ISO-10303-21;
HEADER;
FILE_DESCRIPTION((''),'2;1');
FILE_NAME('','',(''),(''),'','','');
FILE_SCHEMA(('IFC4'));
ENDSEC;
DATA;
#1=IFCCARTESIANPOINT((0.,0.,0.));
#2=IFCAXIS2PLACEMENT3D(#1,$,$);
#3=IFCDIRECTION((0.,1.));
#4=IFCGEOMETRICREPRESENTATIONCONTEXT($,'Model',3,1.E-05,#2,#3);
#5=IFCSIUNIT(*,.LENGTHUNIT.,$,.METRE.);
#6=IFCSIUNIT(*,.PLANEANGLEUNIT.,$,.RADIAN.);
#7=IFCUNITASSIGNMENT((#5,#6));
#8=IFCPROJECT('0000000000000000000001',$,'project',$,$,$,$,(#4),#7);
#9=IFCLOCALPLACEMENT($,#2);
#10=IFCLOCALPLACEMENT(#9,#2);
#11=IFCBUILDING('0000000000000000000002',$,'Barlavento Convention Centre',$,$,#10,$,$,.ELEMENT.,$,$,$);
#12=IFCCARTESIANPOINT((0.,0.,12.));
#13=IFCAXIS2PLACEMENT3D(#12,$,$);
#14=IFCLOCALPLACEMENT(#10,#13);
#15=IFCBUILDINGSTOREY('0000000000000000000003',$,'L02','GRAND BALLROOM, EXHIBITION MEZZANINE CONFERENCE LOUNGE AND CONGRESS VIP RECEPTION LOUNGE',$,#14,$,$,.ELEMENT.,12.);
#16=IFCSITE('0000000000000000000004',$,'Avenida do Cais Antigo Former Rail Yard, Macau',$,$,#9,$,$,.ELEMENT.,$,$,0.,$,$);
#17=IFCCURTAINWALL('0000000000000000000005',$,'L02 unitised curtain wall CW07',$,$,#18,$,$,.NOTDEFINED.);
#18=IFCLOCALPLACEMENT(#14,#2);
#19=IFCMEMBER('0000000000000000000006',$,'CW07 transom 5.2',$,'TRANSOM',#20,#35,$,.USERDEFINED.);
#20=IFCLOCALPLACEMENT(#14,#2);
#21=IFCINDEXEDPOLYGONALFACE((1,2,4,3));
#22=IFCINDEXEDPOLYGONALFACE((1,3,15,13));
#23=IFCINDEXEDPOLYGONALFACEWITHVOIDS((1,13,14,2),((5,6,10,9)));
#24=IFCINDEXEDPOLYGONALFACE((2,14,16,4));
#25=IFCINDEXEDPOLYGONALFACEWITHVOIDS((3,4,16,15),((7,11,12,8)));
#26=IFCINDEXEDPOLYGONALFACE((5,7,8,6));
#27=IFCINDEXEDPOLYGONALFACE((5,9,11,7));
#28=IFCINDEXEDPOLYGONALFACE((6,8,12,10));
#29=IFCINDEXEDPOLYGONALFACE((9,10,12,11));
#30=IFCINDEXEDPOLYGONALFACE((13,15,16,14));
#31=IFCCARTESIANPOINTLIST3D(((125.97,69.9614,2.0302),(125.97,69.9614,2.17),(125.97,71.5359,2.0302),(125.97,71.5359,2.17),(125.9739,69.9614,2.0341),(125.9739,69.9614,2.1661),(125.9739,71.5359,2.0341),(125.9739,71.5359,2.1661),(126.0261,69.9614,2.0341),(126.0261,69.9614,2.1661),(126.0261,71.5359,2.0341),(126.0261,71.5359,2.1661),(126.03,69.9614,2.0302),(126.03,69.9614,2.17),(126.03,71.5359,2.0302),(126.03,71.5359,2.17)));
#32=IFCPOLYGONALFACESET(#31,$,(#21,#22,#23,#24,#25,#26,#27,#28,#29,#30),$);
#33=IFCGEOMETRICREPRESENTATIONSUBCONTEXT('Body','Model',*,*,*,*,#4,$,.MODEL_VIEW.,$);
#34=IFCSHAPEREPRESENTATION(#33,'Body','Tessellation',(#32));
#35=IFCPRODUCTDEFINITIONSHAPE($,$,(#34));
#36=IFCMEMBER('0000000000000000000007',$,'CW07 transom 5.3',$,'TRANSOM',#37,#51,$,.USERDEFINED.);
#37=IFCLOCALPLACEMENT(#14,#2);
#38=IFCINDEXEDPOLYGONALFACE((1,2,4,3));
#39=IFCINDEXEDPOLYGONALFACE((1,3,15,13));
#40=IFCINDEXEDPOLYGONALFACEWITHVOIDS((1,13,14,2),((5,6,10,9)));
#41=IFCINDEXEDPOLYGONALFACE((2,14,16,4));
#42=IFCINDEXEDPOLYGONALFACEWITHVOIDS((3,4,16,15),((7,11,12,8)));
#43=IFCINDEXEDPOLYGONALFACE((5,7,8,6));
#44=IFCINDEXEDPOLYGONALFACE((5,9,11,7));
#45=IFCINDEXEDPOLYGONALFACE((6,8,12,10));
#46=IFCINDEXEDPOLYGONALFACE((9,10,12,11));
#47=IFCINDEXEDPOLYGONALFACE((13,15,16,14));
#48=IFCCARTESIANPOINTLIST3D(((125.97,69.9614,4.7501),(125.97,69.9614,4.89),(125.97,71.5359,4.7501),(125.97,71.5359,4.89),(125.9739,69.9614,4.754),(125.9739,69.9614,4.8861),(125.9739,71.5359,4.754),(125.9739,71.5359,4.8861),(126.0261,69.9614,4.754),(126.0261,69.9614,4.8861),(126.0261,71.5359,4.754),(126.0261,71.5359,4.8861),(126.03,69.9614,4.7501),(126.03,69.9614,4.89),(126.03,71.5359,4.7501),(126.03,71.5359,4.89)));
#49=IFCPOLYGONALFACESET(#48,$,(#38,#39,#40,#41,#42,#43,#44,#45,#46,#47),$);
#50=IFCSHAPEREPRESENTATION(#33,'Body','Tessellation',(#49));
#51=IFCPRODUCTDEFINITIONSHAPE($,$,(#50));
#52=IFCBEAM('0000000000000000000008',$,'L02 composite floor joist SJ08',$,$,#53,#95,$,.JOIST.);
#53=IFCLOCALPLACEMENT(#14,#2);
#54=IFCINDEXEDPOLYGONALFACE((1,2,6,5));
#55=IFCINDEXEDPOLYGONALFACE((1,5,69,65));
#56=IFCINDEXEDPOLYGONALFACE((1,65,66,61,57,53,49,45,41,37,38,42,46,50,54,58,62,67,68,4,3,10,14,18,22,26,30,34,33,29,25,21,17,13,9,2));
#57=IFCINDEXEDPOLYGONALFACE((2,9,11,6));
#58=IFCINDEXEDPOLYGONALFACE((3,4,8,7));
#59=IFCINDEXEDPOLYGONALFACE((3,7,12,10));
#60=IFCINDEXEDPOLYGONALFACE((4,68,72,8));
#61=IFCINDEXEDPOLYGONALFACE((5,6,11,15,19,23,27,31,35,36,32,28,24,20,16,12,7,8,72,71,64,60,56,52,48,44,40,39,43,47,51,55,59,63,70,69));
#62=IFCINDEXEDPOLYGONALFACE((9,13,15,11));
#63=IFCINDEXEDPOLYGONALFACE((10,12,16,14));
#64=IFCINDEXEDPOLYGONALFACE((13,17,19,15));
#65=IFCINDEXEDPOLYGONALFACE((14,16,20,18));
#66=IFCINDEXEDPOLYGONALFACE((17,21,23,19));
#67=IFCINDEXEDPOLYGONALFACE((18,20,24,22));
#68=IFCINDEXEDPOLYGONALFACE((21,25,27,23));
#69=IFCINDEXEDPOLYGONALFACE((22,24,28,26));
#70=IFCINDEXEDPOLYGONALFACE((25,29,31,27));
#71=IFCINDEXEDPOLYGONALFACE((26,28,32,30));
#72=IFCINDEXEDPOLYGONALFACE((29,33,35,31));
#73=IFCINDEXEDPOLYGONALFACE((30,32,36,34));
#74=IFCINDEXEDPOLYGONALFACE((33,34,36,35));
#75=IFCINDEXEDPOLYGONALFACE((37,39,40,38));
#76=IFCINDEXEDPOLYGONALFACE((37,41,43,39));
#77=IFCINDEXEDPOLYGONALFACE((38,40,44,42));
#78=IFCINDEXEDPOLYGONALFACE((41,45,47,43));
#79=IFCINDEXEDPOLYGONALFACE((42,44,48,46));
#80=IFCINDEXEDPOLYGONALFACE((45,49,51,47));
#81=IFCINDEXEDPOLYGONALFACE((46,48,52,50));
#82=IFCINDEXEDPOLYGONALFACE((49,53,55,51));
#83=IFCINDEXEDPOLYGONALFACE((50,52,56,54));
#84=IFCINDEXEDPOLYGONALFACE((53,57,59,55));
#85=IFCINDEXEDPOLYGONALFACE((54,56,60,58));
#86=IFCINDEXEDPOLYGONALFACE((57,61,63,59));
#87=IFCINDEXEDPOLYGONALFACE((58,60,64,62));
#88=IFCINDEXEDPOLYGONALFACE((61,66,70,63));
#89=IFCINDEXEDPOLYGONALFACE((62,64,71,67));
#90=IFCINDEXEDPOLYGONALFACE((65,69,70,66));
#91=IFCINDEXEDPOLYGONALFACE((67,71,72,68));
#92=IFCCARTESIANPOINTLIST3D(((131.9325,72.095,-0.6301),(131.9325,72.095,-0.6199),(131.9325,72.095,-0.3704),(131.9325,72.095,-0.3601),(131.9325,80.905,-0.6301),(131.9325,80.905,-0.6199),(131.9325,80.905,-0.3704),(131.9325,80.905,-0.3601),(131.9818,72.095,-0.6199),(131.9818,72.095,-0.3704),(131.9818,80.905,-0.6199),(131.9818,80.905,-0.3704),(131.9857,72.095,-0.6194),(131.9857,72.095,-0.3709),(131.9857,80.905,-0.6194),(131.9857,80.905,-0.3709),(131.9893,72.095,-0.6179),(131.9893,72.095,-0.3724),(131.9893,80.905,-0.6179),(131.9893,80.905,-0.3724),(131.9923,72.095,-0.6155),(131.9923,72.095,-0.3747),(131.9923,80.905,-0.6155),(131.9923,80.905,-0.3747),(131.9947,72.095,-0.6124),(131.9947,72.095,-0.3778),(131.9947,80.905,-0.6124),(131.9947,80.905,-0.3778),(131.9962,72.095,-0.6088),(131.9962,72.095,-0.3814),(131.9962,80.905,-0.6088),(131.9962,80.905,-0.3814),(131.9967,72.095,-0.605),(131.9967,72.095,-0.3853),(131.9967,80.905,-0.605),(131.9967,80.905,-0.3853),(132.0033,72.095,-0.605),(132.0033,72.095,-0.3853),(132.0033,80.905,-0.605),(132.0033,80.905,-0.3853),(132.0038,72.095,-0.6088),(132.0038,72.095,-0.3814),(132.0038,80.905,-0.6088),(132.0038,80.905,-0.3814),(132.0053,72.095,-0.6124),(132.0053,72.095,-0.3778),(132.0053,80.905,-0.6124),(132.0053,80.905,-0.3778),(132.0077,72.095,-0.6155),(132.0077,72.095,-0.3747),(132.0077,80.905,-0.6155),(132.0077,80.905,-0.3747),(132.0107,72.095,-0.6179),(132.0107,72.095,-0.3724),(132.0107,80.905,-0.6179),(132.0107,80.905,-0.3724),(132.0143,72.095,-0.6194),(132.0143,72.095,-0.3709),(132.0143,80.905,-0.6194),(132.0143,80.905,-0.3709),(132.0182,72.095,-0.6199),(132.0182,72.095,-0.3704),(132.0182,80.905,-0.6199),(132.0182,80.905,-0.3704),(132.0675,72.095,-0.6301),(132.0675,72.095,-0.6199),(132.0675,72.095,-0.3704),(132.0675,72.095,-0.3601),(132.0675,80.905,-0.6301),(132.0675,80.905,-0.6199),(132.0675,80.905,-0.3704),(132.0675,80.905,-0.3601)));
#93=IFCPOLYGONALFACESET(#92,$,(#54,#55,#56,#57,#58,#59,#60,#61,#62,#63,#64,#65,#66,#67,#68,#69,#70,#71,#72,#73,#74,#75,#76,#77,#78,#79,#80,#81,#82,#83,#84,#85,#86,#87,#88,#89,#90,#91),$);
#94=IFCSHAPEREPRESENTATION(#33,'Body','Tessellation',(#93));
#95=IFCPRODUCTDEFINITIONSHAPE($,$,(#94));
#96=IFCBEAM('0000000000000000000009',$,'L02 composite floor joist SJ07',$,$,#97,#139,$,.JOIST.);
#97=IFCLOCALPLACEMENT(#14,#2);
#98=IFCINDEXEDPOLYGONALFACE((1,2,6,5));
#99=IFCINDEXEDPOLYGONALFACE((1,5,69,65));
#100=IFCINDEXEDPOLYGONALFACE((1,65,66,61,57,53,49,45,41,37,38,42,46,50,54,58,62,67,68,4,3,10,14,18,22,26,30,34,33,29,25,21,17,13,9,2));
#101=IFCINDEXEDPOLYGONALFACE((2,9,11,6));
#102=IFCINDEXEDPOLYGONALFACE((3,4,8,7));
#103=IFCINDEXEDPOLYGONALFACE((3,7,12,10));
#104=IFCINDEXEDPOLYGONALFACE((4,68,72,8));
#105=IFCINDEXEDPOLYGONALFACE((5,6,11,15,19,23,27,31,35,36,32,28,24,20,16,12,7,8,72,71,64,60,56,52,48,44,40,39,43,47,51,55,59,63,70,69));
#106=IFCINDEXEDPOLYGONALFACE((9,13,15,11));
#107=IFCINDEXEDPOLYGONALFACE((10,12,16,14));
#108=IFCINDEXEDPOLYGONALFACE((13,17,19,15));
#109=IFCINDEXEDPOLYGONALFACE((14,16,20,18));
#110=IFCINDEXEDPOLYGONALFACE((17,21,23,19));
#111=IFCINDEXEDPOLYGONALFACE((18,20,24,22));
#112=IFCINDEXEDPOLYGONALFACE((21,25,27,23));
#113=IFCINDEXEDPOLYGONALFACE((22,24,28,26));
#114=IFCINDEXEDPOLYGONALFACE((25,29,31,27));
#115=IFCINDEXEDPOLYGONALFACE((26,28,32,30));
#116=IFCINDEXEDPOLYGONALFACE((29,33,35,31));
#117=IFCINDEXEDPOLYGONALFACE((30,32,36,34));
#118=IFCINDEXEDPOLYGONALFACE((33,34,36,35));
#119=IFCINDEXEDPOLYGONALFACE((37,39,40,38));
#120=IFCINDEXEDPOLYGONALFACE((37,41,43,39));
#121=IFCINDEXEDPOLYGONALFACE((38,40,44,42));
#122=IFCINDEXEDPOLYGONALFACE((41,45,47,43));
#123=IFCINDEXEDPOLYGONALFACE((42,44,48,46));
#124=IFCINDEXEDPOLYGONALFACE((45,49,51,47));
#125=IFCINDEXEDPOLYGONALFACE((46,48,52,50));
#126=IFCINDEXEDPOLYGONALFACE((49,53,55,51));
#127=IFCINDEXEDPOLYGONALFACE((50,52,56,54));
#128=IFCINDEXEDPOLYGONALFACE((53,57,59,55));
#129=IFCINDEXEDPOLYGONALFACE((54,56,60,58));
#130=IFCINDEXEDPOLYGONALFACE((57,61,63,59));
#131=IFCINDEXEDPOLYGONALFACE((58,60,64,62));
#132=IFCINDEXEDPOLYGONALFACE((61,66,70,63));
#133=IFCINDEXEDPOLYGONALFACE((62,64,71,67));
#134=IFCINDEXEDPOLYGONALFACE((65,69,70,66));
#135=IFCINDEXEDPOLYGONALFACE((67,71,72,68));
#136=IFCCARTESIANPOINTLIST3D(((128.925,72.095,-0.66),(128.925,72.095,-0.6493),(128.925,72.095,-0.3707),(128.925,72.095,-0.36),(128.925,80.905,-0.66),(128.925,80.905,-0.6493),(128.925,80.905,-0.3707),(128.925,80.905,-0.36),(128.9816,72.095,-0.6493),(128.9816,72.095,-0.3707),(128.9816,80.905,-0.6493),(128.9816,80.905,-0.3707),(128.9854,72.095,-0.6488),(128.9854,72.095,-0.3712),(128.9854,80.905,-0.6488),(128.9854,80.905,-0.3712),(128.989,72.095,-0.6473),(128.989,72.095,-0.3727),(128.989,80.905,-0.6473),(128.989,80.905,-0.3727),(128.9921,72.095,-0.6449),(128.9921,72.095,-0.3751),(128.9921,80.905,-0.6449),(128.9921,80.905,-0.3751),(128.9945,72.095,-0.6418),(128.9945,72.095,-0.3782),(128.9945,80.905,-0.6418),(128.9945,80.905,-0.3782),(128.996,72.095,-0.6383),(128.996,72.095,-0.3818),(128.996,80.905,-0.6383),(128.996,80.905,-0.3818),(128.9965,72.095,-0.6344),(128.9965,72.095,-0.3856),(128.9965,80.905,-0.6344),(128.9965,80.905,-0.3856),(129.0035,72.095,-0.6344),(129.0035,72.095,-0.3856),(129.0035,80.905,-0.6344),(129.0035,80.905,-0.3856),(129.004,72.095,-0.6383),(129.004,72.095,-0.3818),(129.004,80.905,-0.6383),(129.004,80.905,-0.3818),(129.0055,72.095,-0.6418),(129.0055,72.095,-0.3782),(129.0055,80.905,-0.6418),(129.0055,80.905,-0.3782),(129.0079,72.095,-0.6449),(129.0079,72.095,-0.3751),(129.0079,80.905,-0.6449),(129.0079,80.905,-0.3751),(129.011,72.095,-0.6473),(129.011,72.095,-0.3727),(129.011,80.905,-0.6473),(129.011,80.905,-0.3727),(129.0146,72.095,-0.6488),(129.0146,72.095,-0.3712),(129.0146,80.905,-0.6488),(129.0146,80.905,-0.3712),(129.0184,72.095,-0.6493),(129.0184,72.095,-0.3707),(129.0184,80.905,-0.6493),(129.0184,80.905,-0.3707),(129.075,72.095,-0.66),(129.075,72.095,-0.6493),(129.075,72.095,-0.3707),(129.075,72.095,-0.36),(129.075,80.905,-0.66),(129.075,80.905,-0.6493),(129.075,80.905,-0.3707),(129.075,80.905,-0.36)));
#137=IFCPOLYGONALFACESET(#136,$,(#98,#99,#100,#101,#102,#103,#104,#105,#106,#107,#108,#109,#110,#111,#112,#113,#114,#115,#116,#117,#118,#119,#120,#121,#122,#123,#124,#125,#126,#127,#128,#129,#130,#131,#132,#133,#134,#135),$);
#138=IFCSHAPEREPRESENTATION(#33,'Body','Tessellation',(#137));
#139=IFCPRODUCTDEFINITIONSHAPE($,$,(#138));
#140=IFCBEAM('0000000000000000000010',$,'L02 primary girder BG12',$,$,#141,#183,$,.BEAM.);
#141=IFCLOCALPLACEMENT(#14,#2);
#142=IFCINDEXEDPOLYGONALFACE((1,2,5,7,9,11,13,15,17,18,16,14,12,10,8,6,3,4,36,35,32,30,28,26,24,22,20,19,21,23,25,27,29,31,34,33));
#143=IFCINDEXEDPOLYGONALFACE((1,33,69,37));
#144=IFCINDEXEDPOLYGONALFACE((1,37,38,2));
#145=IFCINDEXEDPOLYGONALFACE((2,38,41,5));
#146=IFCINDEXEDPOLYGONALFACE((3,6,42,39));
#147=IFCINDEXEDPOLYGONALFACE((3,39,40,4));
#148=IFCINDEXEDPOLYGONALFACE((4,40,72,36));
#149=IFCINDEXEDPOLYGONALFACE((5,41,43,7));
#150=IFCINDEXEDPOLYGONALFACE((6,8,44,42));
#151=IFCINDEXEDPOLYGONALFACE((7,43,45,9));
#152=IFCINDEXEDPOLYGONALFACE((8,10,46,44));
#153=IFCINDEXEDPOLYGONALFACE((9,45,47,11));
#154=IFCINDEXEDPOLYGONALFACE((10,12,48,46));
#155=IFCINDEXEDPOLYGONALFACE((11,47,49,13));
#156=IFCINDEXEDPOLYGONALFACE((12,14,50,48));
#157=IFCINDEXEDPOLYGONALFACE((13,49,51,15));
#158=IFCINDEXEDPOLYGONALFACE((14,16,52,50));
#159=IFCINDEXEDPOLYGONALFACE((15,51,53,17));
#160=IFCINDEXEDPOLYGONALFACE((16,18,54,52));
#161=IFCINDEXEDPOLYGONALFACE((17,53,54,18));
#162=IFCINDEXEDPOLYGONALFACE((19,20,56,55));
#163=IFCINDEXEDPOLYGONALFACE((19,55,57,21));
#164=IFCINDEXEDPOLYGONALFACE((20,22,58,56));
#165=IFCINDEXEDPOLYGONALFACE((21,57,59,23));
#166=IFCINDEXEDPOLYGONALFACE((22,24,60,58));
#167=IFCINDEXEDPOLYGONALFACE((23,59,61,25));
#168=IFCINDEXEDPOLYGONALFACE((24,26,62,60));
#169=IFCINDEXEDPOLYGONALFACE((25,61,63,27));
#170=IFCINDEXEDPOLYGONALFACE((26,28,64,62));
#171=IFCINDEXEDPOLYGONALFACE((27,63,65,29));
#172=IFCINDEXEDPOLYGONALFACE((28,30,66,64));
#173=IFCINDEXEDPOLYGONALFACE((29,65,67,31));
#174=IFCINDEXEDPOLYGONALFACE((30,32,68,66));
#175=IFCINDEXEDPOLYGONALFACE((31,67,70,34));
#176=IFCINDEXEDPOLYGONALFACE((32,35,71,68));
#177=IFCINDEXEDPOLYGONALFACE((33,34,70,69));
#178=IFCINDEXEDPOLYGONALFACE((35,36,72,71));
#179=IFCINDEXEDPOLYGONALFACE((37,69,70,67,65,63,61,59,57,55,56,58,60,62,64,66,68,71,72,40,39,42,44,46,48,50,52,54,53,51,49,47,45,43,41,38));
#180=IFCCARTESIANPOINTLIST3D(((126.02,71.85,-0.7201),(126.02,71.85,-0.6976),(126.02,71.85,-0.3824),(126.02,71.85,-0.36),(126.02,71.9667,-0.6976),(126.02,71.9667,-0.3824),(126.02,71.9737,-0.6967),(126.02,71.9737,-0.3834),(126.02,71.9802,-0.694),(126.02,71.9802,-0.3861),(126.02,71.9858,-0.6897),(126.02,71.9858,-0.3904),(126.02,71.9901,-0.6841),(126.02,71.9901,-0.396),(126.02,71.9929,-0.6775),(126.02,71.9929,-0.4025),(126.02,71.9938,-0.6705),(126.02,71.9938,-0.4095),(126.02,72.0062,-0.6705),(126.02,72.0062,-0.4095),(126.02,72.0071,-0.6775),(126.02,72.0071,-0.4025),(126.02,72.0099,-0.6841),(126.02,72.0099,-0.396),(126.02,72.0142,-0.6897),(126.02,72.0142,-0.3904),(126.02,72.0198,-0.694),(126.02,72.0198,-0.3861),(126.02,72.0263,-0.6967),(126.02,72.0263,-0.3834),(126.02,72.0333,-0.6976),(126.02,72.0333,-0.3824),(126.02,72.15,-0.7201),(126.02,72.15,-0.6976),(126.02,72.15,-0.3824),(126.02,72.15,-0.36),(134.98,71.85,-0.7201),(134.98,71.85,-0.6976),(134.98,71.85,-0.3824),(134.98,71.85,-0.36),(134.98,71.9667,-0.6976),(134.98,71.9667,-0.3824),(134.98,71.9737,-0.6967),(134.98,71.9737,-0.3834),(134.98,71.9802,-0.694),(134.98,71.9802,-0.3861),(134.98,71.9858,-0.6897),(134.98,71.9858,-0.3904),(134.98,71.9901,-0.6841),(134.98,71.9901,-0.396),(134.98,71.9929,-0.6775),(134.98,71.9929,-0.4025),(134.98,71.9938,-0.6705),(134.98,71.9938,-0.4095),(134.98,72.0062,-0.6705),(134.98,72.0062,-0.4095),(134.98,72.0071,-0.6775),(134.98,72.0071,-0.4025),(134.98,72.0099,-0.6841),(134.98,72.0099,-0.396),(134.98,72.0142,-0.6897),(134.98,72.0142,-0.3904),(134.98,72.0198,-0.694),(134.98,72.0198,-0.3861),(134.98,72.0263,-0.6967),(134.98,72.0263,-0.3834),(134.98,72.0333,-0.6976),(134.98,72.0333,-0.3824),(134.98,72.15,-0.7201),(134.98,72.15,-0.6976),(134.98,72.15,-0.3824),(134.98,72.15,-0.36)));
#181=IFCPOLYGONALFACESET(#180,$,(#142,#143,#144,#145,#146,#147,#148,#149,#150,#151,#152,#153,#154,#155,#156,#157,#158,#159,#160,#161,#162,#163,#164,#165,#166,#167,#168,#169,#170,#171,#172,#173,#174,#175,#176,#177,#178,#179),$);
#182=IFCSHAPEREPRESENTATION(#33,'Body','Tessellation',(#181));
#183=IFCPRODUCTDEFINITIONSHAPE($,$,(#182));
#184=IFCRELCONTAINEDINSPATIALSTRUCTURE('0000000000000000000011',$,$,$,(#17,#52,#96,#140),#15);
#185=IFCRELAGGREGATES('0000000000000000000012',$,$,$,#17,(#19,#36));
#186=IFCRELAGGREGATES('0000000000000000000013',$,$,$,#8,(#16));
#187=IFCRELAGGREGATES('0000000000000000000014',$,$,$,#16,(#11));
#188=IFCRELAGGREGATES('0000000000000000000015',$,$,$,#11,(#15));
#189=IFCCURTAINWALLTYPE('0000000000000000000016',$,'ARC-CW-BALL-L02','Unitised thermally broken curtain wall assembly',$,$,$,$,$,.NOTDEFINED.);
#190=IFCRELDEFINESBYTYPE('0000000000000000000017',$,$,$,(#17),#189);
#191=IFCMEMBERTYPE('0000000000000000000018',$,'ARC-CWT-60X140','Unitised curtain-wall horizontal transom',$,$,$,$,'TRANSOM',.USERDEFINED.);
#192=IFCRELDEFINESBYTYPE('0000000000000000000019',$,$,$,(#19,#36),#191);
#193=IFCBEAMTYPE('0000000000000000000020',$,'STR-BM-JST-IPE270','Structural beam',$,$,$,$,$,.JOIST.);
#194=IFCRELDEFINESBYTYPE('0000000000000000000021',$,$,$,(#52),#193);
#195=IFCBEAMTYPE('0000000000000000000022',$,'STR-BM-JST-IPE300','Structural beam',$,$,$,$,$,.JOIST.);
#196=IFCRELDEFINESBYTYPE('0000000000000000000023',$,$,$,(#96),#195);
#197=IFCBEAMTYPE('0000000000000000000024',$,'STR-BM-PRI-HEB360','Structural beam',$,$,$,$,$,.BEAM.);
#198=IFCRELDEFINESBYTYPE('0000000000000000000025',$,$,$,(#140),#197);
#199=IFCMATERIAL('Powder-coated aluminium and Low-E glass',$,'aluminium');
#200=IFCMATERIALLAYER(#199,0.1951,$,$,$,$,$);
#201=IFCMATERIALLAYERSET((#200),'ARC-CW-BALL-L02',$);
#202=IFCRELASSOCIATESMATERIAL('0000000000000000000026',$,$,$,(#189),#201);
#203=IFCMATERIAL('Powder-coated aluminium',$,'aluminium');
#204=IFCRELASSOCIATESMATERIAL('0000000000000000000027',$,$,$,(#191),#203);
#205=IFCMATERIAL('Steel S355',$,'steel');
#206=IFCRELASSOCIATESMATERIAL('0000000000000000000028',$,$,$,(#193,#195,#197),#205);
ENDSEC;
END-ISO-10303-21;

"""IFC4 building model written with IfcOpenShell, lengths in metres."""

from ifc_helpers import new_model, si_unit, direction, frame, origin, origin_2d, place, context, subcontext, project, spatial, hollow_rectangle, i_section, extrude, material, layer, layer_set, material_profile, profile_set, type_object, element, aggregate, save


model = new_model("IFC4")

# Units and contexts
model_context = context("Model", 3, precision=1e-05, world=origin(), true_north=direction((0.0, 1.0)))
body_context = subcontext(model_context, "Body", "Model", "MODEL_VIEW")
ifc_project = project(units=[si_unit("LENGTHUNIT", "METRE"), si_unit("PLANEANGLEUNIT", "RADIAN")], contexts=[model_context])

# Site, building, storey
site_placement = place(None, origin())
site = spatial("IfcSite", under=ifc_project, at=site_placement, Name="Avenida do Cais Antigo Former Rail Yard, Macau", CompositionType="ELEMENT", RefElevation=0.0)
building_placement = place(site_placement, origin())
building = spatial("IfcBuilding", under=site, at=building_placement, Name="Barlavento Convention Centre", CompositionType="ELEMENT")
storey_placement = place(building_placement, frame((0.0, 0.0, 12.0)))
storey = spatial("IfcBuildingStorey", under=building, at=storey_placement, Name="L02", Description="GRAND BALLROOM, EXHIBITION MEZZANINE CONFERENCE LOUNGE AND CONGRESS VIP RECEPTION LOUNGE", CompositionType="ELEMENT", Elevation=12.0)

# Curtain wall
ifc_material_1 = material(Name="Powder-coated aluminium and Low-E glass", Category="aluminium")
ifc_material_2 = material(Name="Powder-coated aluminium", Category="aluminium")
ifc_layer_1 = layer(ifc_material_1, 0.1951)
ifc_layer_set_1 = layer_set([ifc_layer_1], Name="ARC-CW-BALL-L02")
curtain_wall_type_1 = type_object("IfcCurtainWallType", Name="ARC-CW-BALL-L02", Description="Unitised thermally broken curtain wall assembly", PredefinedType="NOTDEFINED", material=ifc_layer_set_1)
curtain_wall_1_placement = place(storey_placement, origin())
curtain_wall_1 = element("IfcCurtainWall", 1, at=curtain_wall_1_placement, inside=storey, type_object=curtain_wall_type_1, Name="L02 unitised curtain wall CW07", PredefinedType="NOTDEFINED")

# Members
ifc_material_profile_1 = material_profile(ifc_material_2, hollow_rectangle(XDim=0.0601, YDim=0.1399, WallThickness=0.0039, at=origin_2d()), Name="AL-TRAN 60x140x4")
ifc_profile_set_1 = profile_set([ifc_material_profile_1], Name="Powder-coated aluminium")
member_type_1 = type_object("IfcMemberType", Name="ARC-CWT-60X140", Description="Unitised curtain-wall horizontal transom", ElementType="TRANSOM", PredefinedType="USERDEFINED", material=ifc_profile_set_1)
member_1_placement = place(storey_placement, frame((126.0, 69.9614, 2.1001), z_axis=(0.0, 1.0, 0.0), x_axis=(-1.0, 0.0, 0.0)))
member_1 = element("IfcMember", 2, at=member_1_placement, type_object=member_type_1, Name="CW07 transom 5.2", ObjectType="TRANSOM", PredefinedType="USERDEFINED", context=body_context, shape_type="SweptSolid", body=[
    extrude(hollow_rectangle(XDim=0.0601, YDim=0.1399, WallThickness=0.0039, at=origin_2d()), origin(), (0.0, 0.0, 1.0), 1.5745),
])
member_2_placement = place(storey_placement, frame((126.0, 69.9614, 4.8201), z_axis=(0.0, 1.0, 0.0), x_axis=(-1.0, 0.0, 0.0)))
member_2 = element("IfcMember", 3, at=member_2_placement, type_object=member_type_1, Name="CW07 transom 5.3", ObjectType="TRANSOM", PredefinedType="USERDEFINED", context=body_context, shape_type="SweptSolid", body=[
    extrude(hollow_rectangle(XDim=0.0601, YDim=0.1399, WallThickness=0.0039, at=origin_2d()), origin(), (0.0, 0.0, 1.0), 1.5745),
])

# Beams
ifc_material_3 = material(Name="Steel S355", Category="steel")
ifc_material_profile_2 = material_profile(ifc_material_3, i_section(OverallWidth=0.135, OverallDepth=0.27, WebThickness=0.0066, FlangeThickness=0.0103, FilletRadius=0.0149, at=origin_2d()), Name="IPE 270")
ifc_profile_set_2 = profile_set([ifc_material_profile_2], Name="Steel S355")
beam_type_1 = type_object("IfcBeamType", Name="STR-BM-JST-IPE270", Description="Structural beam", PredefinedType="JOIST", material=ifc_profile_set_2)
beam_1_placement = place(storey_placement, frame((132.0, 72.095, -0.4951), z_axis=(0.0, 1.0, 0.0), x_axis=(-1.0, 0.0, 0.0)))
element("IfcBeam", 4, at=beam_1_placement, inside=storey, type_object=beam_type_1, Name="L02 composite floor joist SJ08", PredefinedType="JOIST", context=body_context, shape_type="SweptSolid", body=[
    extrude(i_section(OverallWidth=0.135, OverallDepth=0.27, WebThickness=0.0066, FlangeThickness=0.0103, FilletRadius=0.0149, at=origin_2d()), origin(), (0.0, 0.0, 1.0), 8.8101),
])
ifc_material_profile_3 = material_profile(ifc_material_3, i_section(OverallWidth=0.1499, OverallDepth=0.3, WebThickness=0.0071, FlangeThickness=0.0107, FilletRadius=0.0149, at=origin_2d()), Name="IPE 300")
ifc_profile_set_3 = profile_set([ifc_material_profile_3], Name="Steel S355")
beam_type_2 = type_object("IfcBeamType", Name="STR-BM-JST-IPE300", Description="Structural beam", PredefinedType="JOIST", material=ifc_profile_set_3)
beam_2_placement = place(storey_placement, frame((129.0, 72.095, -0.51), z_axis=(0.0, 1.0, 0.0), x_axis=(-1.0, 0.0, 0.0)))
element("IfcBeam", 5, at=beam_2_placement, inside=storey, type_object=beam_type_2, Name="L02 composite floor joist SJ07", PredefinedType="JOIST", context=body_context, shape_type="SweptSolid", body=[
    extrude(i_section(OverallWidth=0.1499, OverallDepth=0.3, WebThickness=0.0071, FlangeThickness=0.0107, FilletRadius=0.0149, at=origin_2d()), origin(), (0.0, 0.0, 1.0), 8.8101),
])
ifc_material_profile_4 = material_profile(ifc_material_3, i_section(OverallWidth=0.3, OverallDepth=0.3601, WebThickness=0.0125, FlangeThickness=0.0225, FilletRadius=0.0271, at=origin_2d()), Name="HEB 360")
ifc_profile_set_4 = profile_set([ifc_material_profile_4], Name="Steel S355")
beam_type_3 = type_object("IfcBeamType", Name="STR-BM-PRI-HEB360", Description="Structural beam", PredefinedType="BEAM", material=ifc_profile_set_4)
beam_3_placement = place(storey_placement, frame((126.02, 72.0, -0.54), z_axis=(1.0, 0.0, 0.0), x_axis=(0.0, 1.0, 0.0)))
element("IfcBeam", 6, at=beam_3_placement, inside=storey, type_object=beam_type_3, Name="L02 primary girder BG12", PredefinedType="BEAM", context=body_context, shape_type="SweptSolid", body=[
    extrude(i_section(OverallWidth=0.3, OverallDepth=0.3601, WebThickness=0.0125, FlangeThickness=0.0225, FilletRadius=0.0271, at=origin_2d()), origin(), (0.0, 0.0, 1.0), 8.96),
])

aggregate(curtain_wall_1, [member_1, member_2])

save(model, "model.ifc")
